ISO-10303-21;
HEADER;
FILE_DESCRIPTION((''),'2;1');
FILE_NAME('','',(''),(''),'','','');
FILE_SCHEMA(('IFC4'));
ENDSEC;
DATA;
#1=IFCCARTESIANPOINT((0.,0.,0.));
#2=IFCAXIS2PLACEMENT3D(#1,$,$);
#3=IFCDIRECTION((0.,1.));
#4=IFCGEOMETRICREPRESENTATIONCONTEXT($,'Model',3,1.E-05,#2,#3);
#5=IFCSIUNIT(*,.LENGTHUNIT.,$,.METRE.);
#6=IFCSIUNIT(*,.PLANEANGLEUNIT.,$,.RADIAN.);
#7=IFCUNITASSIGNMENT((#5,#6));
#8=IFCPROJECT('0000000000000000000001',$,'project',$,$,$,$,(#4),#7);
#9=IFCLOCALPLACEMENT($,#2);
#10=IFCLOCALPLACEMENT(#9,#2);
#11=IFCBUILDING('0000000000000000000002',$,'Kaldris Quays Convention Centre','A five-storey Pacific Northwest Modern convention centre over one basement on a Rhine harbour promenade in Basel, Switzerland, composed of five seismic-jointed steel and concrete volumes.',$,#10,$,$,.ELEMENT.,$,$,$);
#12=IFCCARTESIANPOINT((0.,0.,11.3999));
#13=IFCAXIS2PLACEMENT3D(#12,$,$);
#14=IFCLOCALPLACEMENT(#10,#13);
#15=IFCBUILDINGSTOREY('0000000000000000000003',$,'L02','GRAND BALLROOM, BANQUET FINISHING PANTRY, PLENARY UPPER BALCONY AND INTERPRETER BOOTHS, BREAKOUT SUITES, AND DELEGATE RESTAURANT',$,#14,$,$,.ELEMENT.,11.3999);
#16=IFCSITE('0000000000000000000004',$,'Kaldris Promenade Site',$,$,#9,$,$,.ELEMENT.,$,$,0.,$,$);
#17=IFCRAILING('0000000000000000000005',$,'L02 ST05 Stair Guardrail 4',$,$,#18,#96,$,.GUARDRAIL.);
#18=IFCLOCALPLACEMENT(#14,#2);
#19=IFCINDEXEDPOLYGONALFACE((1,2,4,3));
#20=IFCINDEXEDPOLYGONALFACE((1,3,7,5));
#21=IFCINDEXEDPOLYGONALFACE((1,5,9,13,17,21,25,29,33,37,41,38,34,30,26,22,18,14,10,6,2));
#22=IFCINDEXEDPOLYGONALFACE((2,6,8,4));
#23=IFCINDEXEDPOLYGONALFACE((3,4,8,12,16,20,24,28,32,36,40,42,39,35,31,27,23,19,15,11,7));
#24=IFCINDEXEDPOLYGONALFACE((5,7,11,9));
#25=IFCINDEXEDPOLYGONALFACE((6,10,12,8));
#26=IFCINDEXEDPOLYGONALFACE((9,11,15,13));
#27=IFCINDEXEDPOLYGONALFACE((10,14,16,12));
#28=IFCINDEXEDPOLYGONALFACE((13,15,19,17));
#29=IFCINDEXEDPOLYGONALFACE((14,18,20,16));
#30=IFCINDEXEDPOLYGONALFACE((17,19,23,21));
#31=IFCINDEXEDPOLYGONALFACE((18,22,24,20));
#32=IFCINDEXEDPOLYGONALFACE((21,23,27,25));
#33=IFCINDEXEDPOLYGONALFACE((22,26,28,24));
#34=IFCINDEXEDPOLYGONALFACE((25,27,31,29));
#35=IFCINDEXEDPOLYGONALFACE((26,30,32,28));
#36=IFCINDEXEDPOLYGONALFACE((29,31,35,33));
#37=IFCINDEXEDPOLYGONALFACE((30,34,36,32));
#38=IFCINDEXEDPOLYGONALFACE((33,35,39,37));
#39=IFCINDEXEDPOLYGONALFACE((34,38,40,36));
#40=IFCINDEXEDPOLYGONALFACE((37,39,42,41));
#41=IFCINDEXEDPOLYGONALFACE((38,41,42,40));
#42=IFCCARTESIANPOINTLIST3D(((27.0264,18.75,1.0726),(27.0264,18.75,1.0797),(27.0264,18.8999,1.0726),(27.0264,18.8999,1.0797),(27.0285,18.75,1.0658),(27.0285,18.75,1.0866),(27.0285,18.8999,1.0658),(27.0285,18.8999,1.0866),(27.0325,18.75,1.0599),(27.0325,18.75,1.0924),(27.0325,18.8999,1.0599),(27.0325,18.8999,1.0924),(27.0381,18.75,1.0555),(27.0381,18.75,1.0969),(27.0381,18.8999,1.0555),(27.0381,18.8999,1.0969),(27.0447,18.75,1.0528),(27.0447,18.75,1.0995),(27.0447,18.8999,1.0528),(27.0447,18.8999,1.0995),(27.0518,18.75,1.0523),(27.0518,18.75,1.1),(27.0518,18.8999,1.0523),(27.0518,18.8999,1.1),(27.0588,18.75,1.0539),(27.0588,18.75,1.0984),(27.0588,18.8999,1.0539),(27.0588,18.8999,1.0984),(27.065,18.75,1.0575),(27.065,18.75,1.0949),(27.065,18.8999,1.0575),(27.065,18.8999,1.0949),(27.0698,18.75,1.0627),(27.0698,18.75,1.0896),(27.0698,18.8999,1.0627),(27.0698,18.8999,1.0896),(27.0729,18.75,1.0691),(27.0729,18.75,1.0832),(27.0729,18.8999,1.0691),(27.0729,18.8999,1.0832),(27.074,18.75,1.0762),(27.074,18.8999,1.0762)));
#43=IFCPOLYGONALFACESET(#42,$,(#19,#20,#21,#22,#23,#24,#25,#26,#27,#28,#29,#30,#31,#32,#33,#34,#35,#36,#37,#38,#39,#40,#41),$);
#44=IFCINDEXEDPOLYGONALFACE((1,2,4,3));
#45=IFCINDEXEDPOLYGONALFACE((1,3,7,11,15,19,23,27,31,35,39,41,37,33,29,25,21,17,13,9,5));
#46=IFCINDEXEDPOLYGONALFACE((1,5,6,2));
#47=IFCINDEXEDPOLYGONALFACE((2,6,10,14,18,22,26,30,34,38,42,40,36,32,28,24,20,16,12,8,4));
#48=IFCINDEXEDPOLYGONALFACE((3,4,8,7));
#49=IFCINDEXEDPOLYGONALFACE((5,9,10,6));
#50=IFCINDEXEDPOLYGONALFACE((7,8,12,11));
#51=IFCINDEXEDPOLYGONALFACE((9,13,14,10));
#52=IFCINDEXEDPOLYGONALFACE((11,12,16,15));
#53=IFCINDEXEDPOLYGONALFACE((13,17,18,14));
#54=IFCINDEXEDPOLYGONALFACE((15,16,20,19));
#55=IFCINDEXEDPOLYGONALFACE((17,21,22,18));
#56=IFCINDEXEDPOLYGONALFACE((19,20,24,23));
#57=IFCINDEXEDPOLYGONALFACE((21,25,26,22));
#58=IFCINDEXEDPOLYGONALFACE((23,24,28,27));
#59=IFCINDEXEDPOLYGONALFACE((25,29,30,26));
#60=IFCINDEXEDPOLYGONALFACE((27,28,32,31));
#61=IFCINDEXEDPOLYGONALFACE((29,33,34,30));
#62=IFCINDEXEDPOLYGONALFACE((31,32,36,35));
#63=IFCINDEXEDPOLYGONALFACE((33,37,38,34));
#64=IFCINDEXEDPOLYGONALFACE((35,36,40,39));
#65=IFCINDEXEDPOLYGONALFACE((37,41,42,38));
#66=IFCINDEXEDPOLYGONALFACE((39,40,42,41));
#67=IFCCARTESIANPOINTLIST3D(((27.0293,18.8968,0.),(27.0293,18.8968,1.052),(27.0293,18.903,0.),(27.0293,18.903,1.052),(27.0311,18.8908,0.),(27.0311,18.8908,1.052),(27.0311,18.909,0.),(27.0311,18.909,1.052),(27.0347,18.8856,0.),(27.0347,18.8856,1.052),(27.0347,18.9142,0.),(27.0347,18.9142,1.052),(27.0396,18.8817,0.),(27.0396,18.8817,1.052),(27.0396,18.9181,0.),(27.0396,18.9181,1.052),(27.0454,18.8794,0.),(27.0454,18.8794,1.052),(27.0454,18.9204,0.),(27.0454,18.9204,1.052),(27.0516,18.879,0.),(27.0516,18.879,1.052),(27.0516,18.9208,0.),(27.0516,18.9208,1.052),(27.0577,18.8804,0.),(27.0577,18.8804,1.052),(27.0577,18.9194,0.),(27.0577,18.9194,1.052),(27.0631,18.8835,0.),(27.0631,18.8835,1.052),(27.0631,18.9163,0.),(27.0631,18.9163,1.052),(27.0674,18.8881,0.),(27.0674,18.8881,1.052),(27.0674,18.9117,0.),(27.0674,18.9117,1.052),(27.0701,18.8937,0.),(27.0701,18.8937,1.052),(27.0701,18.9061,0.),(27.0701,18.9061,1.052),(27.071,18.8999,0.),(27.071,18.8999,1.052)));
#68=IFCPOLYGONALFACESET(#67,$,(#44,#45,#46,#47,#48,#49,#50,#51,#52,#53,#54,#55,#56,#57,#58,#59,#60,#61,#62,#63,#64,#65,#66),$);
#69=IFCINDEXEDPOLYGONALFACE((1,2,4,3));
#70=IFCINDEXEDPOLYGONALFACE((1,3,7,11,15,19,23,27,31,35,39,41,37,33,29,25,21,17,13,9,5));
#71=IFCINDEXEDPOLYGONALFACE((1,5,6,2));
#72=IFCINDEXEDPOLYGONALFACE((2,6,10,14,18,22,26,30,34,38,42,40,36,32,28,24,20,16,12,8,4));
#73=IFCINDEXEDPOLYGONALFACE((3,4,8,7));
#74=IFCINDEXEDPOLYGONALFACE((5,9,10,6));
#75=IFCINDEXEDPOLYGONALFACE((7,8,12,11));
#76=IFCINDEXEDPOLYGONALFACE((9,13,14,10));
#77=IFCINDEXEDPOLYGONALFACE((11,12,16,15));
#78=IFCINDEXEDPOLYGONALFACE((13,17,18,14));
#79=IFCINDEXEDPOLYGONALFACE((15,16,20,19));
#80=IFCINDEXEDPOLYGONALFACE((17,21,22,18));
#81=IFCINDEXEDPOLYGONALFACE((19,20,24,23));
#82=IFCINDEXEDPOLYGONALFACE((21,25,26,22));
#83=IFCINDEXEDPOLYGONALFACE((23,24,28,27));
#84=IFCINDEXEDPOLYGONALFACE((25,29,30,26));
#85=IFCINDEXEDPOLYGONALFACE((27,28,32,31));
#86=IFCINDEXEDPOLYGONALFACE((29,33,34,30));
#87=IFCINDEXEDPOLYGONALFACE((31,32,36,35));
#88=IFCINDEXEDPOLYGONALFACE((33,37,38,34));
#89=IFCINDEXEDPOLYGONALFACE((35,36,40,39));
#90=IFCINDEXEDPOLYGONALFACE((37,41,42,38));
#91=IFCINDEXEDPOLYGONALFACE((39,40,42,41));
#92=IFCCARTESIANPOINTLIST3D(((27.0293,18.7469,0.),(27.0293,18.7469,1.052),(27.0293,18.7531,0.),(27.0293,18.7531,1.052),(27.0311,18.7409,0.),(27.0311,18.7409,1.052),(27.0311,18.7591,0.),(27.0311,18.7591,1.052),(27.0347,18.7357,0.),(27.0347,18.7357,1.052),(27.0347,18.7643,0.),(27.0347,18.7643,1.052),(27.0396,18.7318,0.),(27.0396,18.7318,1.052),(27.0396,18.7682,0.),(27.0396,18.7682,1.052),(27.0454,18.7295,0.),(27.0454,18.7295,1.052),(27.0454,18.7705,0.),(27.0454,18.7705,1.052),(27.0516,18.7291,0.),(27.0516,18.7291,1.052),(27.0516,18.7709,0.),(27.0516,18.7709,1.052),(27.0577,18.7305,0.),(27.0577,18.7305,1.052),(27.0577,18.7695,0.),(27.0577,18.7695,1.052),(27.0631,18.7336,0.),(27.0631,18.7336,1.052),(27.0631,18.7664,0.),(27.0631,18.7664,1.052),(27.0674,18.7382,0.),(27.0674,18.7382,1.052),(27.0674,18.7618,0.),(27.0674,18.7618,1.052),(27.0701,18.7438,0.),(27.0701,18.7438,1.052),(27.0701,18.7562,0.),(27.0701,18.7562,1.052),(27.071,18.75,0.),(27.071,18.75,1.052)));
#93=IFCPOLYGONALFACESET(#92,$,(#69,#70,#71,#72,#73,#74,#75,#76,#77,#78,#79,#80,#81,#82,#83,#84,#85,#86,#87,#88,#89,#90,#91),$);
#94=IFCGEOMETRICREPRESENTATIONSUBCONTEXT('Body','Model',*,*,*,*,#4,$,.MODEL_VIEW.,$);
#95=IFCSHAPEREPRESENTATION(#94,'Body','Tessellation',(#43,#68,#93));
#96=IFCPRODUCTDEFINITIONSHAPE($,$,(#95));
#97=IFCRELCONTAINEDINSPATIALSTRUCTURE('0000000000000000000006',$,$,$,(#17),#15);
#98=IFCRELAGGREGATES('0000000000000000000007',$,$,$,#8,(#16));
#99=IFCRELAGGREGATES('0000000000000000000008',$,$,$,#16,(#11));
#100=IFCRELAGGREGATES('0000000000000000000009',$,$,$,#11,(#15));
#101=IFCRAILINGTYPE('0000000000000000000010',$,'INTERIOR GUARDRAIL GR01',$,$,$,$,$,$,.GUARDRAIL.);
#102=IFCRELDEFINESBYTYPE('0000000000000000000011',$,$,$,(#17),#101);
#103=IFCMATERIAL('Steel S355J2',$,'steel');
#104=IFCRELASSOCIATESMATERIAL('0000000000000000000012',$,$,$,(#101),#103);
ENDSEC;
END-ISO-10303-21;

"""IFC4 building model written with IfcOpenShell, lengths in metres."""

from ifc_helpers import new_model, si_unit, direction, frame, origin, origin_2d, place, context, subcontext, project, spatial, circle, extrude, material, type_object, element, save


model = new_model("IFC4")

# Units and contexts
model_context = context("Model", 3, precision=1e-05, world=origin(), true_north=direction((0.0, 1.0)))
body_context = subcontext(model_context, "Body", "Model", "MODEL_VIEW")
ifc_project = project(units=[si_unit("LENGTHUNIT", "METRE"), si_unit("PLANEANGLEUNIT", "RADIAN")], contexts=[model_context])

# Site, building, storey
site_placement = place(None, origin())
site = spatial("IfcSite", under=ifc_project, at=site_placement, Name="Kaldris Promenade Site", CompositionType="ELEMENT", RefElevation=0.0)
building_placement = place(site_placement, origin())
building = spatial("IfcBuilding", under=site, at=building_placement, Name="Kaldris Quays Convention Centre", Description="A five-storey Pacific Northwest Modern convention centre over one basement on a Rhine harbour promenade in Basel, Switzerland, composed of five seismic-jointed steel and concrete volumes.", CompositionType="ELEMENT")
storey_placement = place(building_placement, frame((0.0, 0.0, 11.3999)))
storey = spatial("IfcBuildingStorey", under=building, at=storey_placement, Name="L02", Description="GRAND BALLROOM, BANQUET FINISHING PANTRY, PLENARY UPPER BALCONY AND INTERPRETER BOOTHS, BREAKOUT SUITES, AND DELEGATE RESTAURANT", CompositionType="ELEMENT", Elevation=11.3999)

# Shared definitions
ifc_material_1 = material(Name="Steel S355J2", Category="steel")

# Railing
railing_type_1 = type_object("IfcRailingType", Name="INTERIOR GUARDRAIL GR01", PredefinedType="GUARDRAIL", material=ifc_material_1)
railing_1_placement = place(storey_placement, frame((27.05, 18.8999, 0.0)))
element("IfcRailing", 1, at=railing_1_placement, inside=storey, type_object=railing_type_1, Name="L02 ST05 Stair Guardrail 4", PredefinedType="GUARDRAIL", context=body_context, shape_type="SweptSolid", body=[
    extrude(circle(Radius=0.0239, at=origin_2d()), frame((0.0, 0.0, 1.0762), z_axis=(0.0, -1.0, 0.0), x_axis=(1.0, 0.0, 0.0)), (0.0, 0.0, 1.0), 0.1499),
    extrude(circle(Radius=0.021, at=origin_2d()), origin(), (0.0, 0.0, 1.0), 1.052),
    extrude(circle(Radius=0.021, at=origin_2d()), frame((0.0, -0.1499, 0.0)), (0.0, 0.0, 1.0), 1.052),
])

save(model, "model.ifc")
